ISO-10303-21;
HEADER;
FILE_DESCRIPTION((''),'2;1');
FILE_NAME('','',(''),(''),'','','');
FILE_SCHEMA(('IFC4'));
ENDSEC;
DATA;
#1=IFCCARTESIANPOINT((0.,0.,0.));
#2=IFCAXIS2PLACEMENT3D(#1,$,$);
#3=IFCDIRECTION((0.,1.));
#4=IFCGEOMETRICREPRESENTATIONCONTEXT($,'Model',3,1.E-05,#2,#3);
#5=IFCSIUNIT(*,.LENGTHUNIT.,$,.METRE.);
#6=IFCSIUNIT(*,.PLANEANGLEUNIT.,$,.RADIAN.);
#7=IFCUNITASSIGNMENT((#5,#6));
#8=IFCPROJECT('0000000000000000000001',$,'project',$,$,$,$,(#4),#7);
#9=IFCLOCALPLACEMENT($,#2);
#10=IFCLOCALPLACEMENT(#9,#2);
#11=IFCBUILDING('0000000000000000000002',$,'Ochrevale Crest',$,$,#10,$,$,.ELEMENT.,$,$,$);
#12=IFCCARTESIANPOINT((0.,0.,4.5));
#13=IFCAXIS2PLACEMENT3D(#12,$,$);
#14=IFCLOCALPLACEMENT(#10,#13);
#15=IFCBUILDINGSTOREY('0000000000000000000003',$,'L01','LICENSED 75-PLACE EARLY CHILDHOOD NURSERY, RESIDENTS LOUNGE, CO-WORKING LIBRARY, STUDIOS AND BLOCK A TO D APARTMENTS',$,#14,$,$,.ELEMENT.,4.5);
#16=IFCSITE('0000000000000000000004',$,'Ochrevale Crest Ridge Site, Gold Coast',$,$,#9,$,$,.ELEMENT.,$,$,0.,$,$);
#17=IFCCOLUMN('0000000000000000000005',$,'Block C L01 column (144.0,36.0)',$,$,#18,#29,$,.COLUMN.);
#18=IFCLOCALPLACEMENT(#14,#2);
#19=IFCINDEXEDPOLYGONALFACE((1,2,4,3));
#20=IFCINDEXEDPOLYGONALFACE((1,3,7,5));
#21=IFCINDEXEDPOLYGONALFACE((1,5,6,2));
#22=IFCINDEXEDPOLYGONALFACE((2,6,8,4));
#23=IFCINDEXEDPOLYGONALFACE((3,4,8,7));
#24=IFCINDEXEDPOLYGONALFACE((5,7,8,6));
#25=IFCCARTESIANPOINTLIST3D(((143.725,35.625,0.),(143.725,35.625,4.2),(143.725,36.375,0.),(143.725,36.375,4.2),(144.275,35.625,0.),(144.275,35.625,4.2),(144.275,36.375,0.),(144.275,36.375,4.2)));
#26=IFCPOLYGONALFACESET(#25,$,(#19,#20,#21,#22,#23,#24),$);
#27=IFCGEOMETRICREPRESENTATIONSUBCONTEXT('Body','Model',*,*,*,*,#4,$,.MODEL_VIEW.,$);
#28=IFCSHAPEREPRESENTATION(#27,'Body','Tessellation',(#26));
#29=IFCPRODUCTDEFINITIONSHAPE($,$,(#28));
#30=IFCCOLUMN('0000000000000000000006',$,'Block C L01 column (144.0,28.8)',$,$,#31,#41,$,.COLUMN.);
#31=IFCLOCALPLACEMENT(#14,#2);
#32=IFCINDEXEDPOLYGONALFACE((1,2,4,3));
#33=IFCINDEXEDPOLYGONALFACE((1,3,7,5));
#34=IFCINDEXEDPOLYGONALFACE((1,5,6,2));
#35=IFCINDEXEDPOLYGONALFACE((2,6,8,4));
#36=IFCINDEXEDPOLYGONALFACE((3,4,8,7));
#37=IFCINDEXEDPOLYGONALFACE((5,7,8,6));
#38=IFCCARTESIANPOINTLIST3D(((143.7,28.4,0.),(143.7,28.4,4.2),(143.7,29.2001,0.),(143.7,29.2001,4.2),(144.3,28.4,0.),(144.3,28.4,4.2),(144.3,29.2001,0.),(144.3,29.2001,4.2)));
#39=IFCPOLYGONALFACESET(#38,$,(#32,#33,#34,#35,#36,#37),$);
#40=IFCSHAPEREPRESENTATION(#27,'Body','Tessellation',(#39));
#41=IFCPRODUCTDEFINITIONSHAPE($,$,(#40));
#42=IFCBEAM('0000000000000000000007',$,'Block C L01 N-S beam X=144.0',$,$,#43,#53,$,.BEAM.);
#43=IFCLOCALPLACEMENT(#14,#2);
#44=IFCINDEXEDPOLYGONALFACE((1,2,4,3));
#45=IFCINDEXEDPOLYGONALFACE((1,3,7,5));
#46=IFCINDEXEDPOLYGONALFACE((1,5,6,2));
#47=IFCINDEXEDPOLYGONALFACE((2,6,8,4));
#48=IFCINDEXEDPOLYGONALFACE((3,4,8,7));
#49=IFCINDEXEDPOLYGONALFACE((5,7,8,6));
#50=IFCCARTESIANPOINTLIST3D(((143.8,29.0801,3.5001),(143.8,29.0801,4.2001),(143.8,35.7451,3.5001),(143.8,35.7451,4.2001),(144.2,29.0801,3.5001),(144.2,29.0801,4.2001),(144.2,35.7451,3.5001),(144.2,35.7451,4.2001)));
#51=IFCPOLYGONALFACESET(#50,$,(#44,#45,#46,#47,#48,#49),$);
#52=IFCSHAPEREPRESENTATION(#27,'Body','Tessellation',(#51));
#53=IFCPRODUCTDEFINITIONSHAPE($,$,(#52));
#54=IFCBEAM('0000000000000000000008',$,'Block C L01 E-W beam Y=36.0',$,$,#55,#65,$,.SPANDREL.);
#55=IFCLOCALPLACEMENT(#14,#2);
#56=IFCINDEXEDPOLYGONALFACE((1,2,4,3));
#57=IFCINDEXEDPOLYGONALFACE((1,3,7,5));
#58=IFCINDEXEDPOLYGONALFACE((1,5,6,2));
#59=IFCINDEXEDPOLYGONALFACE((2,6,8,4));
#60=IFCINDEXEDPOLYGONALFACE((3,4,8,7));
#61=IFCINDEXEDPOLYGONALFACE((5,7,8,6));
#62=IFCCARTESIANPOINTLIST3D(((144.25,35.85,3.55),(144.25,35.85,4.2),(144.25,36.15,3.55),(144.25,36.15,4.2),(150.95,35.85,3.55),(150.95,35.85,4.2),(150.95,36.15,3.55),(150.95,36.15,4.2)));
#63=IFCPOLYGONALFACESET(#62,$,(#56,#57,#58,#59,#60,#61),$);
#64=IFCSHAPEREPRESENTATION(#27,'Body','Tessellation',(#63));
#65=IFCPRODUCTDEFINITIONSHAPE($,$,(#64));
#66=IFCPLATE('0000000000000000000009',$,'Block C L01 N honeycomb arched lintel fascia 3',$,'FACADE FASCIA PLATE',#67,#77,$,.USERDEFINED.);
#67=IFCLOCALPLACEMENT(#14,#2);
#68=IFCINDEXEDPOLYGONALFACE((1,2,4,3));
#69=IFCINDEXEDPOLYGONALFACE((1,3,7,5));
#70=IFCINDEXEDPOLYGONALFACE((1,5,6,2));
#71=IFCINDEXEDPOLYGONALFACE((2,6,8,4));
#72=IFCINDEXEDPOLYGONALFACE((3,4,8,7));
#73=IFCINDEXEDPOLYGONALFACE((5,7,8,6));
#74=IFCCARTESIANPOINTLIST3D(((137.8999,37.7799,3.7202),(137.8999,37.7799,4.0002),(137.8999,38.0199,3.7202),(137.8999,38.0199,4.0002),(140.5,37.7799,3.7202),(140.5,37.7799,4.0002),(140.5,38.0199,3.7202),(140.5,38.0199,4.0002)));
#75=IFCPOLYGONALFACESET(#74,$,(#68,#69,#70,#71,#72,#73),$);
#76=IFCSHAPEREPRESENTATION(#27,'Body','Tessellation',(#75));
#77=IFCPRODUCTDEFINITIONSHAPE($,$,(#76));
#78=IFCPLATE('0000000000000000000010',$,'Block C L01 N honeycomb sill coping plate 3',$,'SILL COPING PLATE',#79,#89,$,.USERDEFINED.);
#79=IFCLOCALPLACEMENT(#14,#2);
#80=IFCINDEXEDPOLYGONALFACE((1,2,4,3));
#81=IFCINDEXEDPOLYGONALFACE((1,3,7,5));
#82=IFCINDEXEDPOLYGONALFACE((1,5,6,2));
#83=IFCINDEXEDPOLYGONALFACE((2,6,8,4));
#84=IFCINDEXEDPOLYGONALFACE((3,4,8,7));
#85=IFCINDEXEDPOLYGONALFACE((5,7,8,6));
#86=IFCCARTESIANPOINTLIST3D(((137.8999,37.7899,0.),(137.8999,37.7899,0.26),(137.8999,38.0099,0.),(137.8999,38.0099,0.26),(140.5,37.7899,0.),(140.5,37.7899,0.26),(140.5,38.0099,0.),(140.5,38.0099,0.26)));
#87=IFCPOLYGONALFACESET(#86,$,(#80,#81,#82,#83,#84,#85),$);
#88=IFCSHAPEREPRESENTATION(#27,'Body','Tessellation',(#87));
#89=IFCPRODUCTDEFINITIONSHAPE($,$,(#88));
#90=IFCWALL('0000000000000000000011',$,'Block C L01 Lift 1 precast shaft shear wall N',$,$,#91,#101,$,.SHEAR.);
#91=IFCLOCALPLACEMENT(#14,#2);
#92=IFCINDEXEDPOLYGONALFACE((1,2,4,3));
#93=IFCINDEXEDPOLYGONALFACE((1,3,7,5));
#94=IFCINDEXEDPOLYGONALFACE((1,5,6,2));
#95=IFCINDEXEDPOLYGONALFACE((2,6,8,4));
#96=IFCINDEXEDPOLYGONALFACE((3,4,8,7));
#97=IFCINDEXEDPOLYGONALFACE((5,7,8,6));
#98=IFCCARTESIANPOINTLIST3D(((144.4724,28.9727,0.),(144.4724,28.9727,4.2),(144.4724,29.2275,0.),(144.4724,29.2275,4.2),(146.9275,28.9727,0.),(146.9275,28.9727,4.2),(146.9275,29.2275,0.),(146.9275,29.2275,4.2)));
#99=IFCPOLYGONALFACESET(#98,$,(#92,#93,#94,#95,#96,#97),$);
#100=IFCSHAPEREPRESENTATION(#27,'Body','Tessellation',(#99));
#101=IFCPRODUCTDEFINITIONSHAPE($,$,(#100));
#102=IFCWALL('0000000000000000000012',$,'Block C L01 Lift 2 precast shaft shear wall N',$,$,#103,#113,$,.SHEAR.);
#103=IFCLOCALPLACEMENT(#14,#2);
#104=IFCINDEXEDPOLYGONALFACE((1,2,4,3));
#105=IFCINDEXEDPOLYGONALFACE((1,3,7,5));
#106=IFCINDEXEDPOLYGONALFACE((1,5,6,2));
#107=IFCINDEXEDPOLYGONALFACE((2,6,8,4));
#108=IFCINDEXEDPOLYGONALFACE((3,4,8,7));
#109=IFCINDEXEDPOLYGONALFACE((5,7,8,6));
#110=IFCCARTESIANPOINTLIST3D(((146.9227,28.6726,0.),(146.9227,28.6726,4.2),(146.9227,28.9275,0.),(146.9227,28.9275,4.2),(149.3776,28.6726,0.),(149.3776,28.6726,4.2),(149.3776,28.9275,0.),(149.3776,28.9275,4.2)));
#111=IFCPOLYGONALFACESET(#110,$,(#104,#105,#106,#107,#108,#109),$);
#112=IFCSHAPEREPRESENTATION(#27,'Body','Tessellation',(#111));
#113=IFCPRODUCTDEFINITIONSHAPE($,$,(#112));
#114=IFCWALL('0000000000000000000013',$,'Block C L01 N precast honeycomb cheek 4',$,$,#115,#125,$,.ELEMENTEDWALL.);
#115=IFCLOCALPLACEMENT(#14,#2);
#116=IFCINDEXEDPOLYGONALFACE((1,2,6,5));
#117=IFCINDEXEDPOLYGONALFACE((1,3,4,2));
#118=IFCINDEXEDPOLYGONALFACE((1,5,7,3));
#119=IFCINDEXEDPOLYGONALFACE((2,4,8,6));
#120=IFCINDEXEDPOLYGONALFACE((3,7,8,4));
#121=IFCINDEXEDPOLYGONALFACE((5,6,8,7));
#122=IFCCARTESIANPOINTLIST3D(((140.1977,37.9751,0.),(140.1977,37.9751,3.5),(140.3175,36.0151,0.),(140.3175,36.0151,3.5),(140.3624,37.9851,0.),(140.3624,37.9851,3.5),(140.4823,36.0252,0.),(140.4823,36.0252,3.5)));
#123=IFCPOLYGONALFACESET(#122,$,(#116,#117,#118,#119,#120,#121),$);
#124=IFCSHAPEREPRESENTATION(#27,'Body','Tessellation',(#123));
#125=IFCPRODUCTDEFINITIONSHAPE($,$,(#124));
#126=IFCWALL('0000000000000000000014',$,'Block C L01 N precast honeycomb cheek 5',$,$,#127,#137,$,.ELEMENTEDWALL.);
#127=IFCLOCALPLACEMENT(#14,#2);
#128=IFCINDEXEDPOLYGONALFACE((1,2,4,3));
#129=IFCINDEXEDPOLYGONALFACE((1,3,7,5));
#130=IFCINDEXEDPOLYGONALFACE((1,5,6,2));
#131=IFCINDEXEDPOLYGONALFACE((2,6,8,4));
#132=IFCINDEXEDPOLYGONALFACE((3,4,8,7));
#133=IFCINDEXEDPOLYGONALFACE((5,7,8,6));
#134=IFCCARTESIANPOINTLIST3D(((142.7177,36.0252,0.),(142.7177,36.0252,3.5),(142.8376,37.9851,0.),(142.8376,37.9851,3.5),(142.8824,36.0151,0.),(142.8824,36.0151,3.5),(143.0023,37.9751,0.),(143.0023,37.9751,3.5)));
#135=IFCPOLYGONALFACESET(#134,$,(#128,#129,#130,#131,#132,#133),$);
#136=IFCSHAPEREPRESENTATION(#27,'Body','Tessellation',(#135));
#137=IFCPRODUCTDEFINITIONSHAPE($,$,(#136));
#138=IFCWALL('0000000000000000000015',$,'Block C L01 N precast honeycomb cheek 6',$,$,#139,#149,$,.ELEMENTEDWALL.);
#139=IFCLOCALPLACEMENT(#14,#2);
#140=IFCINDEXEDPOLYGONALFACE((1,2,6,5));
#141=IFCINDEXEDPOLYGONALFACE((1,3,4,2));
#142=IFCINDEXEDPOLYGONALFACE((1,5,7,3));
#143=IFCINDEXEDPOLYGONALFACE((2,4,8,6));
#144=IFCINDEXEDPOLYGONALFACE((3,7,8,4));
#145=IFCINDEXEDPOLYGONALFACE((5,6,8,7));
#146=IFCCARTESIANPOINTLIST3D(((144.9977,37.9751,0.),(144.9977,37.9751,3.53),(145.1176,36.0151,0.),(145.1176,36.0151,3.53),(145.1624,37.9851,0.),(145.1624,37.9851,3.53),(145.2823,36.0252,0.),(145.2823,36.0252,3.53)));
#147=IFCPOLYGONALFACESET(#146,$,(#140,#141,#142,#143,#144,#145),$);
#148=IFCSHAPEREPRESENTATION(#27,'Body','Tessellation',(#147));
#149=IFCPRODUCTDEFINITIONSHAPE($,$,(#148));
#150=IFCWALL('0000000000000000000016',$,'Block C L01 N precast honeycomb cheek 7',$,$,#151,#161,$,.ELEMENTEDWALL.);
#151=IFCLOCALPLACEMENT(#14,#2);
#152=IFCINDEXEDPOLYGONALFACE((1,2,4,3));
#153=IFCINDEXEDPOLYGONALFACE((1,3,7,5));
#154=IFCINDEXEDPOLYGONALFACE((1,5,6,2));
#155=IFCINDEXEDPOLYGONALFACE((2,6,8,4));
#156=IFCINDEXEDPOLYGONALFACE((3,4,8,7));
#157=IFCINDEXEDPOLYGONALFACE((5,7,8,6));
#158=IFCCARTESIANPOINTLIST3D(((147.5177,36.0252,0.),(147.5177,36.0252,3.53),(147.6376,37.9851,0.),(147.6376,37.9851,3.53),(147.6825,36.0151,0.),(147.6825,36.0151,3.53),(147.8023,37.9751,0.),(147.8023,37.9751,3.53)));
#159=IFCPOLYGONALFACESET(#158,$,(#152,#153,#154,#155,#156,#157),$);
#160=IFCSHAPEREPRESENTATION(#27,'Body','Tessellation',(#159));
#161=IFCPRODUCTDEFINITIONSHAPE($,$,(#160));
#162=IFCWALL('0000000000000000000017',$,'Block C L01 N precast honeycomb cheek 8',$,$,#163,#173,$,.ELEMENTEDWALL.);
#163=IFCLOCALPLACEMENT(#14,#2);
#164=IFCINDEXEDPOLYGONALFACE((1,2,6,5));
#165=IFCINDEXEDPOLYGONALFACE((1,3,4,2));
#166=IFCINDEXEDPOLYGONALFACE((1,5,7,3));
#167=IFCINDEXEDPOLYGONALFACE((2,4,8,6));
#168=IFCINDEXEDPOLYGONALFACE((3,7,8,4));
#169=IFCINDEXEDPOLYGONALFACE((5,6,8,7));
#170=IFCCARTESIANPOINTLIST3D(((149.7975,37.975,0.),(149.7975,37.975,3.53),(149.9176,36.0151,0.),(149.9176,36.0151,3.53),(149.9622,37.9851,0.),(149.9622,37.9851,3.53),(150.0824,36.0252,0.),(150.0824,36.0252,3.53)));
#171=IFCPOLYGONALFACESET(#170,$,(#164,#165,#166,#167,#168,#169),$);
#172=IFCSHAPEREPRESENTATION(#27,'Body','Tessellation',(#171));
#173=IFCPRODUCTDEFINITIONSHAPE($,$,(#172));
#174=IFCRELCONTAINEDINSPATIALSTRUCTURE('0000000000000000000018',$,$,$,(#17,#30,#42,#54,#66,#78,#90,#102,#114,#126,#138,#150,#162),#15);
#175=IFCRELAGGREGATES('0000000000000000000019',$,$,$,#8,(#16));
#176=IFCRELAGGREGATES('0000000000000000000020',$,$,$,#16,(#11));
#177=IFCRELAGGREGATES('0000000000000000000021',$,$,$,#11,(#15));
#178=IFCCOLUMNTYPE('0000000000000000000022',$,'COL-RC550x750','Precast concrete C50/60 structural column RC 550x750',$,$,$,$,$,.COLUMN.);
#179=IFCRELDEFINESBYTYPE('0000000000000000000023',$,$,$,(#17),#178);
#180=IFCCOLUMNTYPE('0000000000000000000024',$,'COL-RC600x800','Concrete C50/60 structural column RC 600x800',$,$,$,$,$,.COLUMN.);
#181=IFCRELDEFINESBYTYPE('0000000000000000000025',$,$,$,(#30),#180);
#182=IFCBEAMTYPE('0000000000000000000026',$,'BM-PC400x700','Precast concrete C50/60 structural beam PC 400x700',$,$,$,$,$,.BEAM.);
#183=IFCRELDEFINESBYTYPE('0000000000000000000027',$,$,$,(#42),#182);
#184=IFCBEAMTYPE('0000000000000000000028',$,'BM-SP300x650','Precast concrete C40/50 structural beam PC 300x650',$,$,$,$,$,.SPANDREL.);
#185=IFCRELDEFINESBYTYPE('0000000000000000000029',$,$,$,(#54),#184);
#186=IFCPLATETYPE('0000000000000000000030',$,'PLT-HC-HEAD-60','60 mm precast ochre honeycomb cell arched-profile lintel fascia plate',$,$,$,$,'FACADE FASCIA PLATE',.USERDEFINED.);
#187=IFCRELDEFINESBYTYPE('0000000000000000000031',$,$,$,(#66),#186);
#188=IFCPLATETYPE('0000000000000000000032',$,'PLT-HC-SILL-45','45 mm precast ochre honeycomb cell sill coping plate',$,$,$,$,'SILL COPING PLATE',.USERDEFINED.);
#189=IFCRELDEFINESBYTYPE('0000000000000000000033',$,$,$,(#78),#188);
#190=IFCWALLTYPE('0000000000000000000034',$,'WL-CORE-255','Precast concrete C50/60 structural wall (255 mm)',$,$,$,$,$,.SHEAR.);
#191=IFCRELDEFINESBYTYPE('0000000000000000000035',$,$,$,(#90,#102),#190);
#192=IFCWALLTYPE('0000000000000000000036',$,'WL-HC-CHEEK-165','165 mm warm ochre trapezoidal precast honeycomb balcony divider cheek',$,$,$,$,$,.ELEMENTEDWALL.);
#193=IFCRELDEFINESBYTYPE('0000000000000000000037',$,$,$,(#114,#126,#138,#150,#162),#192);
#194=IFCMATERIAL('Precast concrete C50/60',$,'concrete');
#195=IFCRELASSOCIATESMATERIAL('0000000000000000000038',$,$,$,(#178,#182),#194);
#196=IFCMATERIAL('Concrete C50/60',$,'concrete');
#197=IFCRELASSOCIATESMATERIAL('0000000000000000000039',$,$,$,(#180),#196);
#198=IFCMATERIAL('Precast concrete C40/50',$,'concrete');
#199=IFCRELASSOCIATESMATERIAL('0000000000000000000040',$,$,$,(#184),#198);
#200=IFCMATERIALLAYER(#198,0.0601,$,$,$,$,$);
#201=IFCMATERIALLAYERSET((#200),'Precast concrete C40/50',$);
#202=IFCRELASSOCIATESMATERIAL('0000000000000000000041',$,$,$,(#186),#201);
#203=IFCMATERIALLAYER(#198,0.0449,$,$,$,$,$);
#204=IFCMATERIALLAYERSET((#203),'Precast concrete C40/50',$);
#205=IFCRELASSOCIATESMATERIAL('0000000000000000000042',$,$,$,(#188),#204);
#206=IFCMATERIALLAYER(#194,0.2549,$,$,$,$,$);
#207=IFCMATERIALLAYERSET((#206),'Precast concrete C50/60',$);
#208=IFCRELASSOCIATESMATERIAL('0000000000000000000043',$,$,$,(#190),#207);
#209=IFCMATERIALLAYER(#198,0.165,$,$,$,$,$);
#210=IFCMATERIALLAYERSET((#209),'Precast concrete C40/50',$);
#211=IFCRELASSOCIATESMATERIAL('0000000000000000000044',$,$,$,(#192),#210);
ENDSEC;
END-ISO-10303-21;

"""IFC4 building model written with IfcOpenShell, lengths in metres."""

from ifc_helpers import new_model, si_unit, direction, frame, frame_2d, origin, origin_2d, place, context, subcontext, project, spatial, rectangle, extrude, material, layer, layer_set, material_profile, profile_set, type_object, element, save


model = new_model("IFC4")

# Units and contexts
model_context = context("Model", 3, precision=1e-05, world=origin(), true_north=direction((0.0, 1.0)))
body_context = subcontext(model_context, "Body", "Model", "MODEL_VIEW")
ifc_project = project(units=[si_unit("LENGTHUNIT", "METRE"), si_unit("PLANEANGLEUNIT", "RADIAN")], contexts=[model_context])

# Site, building, storey
site_placement = place(None, origin())
site = spatial("IfcSite", under=ifc_project, at=site_placement, Name="Ochrevale Crest Ridge Site, Gold Coast", CompositionType="ELEMENT", RefElevation=0.0)
building_placement = place(site_placement, origin())
building = spatial("IfcBuilding", under=site, at=building_placement, Name="Ochrevale Crest", CompositionType="ELEMENT")
storey_placement = place(building_placement, frame((0.0, 0.0, 4.5)))
storey = spatial("IfcBuildingStorey", under=building, at=storey_placement, Name="L01", Description="LICENSED 75-PLACE EARLY CHILDHOOD NURSERY, RESIDENTS LOUNGE, CO-WORKING LIBRARY, STUDIOS AND BLOCK A TO D APARTMENTS", CompositionType="ELEMENT", Elevation=4.5)

# Columns
ifc_material_1 = material(Name="Precast concrete C50/60", Category="concrete")
ifc_material_profile_1 = material_profile(ifc_material_1, rectangle(XDim=0.55, YDim=0.75, at=origin_2d()), Name="RC 550x750")
ifc_profile_set_1 = profile_set([ifc_material_profile_1], Name="Precast concrete C50/60")
column_type_1 = type_object("IfcColumnType", Name="COL-RC550x750", Description="Precast concrete C50/60 structural column RC 550x750", PredefinedType="COLUMN", material=ifc_profile_set_1)
column_1_placement = place(storey_placement, frame((144.0, 36.0, 0.0), z_axis=(0.0, 0.0, 1.0), x_axis=(1.0, 0.0, 0.0)))
element("IfcColumn", 1, at=column_1_placement, inside=storey, type_object=column_type_1, Name="Block C L01 column (144.0,36.0)", PredefinedType="COLUMN", context=body_context, shape_type="SweptSolid", body=[
    extrude(rectangle(XDim=0.55, YDim=0.75, at=origin_2d()), origin(), (0.0, 0.0, 1.0), 4.2),
])
ifc_material_2 = material(Name="Concrete C50/60", Category="concrete")
ifc_material_profile_2 = material_profile(ifc_material_2, rectangle(XDim=0.6001, YDim=0.8, at=origin_2d()), Name="RC 600x800")
ifc_profile_set_2 = profile_set([ifc_material_profile_2], Name="Concrete C50/60")
column_type_2 = type_object("IfcColumnType", Name="COL-RC600x800", Description="Concrete C50/60 structural column RC 600x800", PredefinedType="COLUMN", material=ifc_profile_set_2)
column_2_placement = place(storey_placement, frame((144.0, 28.8, 0.0), z_axis=(0.0, 0.0, 1.0), x_axis=(1.0, 0.0, 0.0)))
element("IfcColumn", 2, at=column_2_placement, inside=storey, type_object=column_type_2, Name="Block C L01 column (144.0,28.8)", PredefinedType="COLUMN", context=body_context, shape_type="SweptSolid", body=[
    extrude(rectangle(XDim=0.6001, YDim=0.8, at=origin_2d()), origin(), (0.0, 0.0, 1.0), 4.2),
])

# Beams
ifc_material_profile_3 = material_profile(ifc_material_1, rectangle(XDim=0.3999, YDim=0.7, at=origin_2d()), Name="PC 400x700")
ifc_profile_set_3 = profile_set([ifc_material_profile_3], Name="Precast concrete C50/60")
beam_type_1 = type_object("IfcBeamType", Name="BM-PC400x700", Description="Precast concrete C50/60 structural beam PC 400x700", PredefinedType="BEAM", material=ifc_profile_set_3)
beam_1_placement = place(storey_placement, frame((144.0, 29.0801, 3.8501), z_axis=(0.0, 1.0, 0.0), x_axis=(-1.0, 0.0, 0.0)))
element("IfcBeam", 3, at=beam_1_placement, inside=storey, type_object=beam_type_1, Name="Block C L01 N-S beam X=144.0", PredefinedType="BEAM", context=body_context, shape_type="SweptSolid", body=[
    extrude(rectangle(XDim=0.3999, YDim=0.7, at=origin_2d()), origin(), (0.0, 0.0, 1.0), 6.665),
])
ifc_material_3 = material(Name="Precast concrete C40/50", Category="concrete")
ifc_material_profile_4 = material_profile(ifc_material_3, rectangle(XDim=0.3, YDim=0.6499, at=origin_2d()), Name="PC 300x650")
ifc_profile_set_4 = profile_set([ifc_material_profile_4], Name="Precast concrete C40/50")
beam_type_2 = type_object("IfcBeamType", Name="BM-SP300x650", Description="Precast concrete C40/50 structural beam PC 300x650", PredefinedType="SPANDREL", material=ifc_profile_set_4)
beam_2_placement = place(storey_placement, frame((144.25, 36.0, 3.875), z_axis=(1.0, 0.0, 0.0), x_axis=(0.0, 1.0, 0.0)))
element("IfcBeam", 4, at=beam_2_placement, inside=storey, type_object=beam_type_2, Name="Block C L01 E-W beam Y=36.0", PredefinedType="SPANDREL", context=body_context, shape_type="SweptSolid", body=[
    extrude(rectangle(XDim=0.3, YDim=0.6499, at=origin_2d()), origin(), (0.0, 0.0, 1.0), 6.7),
])

# Plates
ifc_layer_1 = layer(ifc_material_3, 0.0601)
ifc_layer_set_1 = layer_set([ifc_layer_1], Name="Precast concrete C40/50")
plate_type_1 = type_object("IfcPlateType", Name="PLT-HC-HEAD-60", Description="60 mm precast ochre honeycomb cell arched-profile lintel fascia plate", ElementType="FACADE FASCIA PLATE", PredefinedType="USERDEFINED", material=ifc_layer_set_1)
plate_1_placement = place(storey_placement, frame((139.2, 37.8999, 3.7202), z_axis=(0.0, 0.0, 1.0), x_axis=(1.0, 0.0, 0.0)))
element("IfcPlate", 5, at=plate_1_placement, inside=storey, type_object=plate_type_1, Name="Block C L01 N honeycomb arched lintel fascia 3", ObjectType="FACADE FASCIA PLATE", PredefinedType="USERDEFINED", context=body_context, shape_type="SweptSolid", body=[
    extrude(rectangle(XDim=2.6001, YDim=0.24, at=origin_2d()), origin(), (0.0, 0.0, 1.0), 0.28),
])
ifc_layer_2 = layer(ifc_material_3, 0.0449)
ifc_layer_set_2 = layer_set([ifc_layer_2], Name="Precast concrete C40/50")
plate_type_2 = type_object("IfcPlateType", Name="PLT-HC-SILL-45", Description="45 mm precast ochre honeycomb cell sill coping plate", ElementType="SILL COPING PLATE", PredefinedType="USERDEFINED", material=ifc_layer_set_2)
plate_2_placement = place(storey_placement, frame((139.2, 37.8999, 0.0), z_axis=(0.0, 0.0, 1.0), x_axis=(1.0, 0.0, 0.0)))
element("IfcPlate", 6, at=plate_2_placement, inside=storey, type_object=plate_type_2, Name="Block C L01 N honeycomb sill coping plate 3", ObjectType="SILL COPING PLATE", PredefinedType="USERDEFINED", context=body_context, shape_type="SweptSolid", body=[
    extrude(rectangle(XDim=2.6001, YDim=0.22, at=origin_2d()), origin(), (0.0, 0.0, 1.0), 0.26),
])

# Walls
ifc_layer_3 = layer(ifc_material_1, 0.2549)
ifc_layer_set_3 = layer_set([ifc_layer_3], Name="Precast concrete C50/60")
wall_type_1 = type_object("IfcWallType", Name="WL-CORE-255", Description="Precast concrete C50/60 structural wall (255 mm)", PredefinedType="SHEAR", material=ifc_layer_set_3)
wall_1_placement = place(storey_placement, frame((144.4724, 29.1001, 0.0), z_axis=(0.0, 0.0, 1.0), x_axis=(1.0, 0.0, 0.0)))
element("IfcWall", 7, at=wall_1_placement, inside=storey, type_object=wall_type_1, Name="Block C L01 Lift 1 precast shaft shear wall N", PredefinedType="SHEAR", context=body_context, shape_type="SweptSolid", body=[
    extrude(rectangle(XDim=2.4551, YDim=0.2549, at=frame_2d((1.2275, 0.0))), origin(), (0.0, 0.0, 1.0), 4.2),
])
wall_2_placement = place(storey_placement, frame((146.9226, 28.8, 0.0), z_axis=(0.0, 0.0, 1.0), x_axis=(1.0, 0.0, 0.0)))
element("IfcWall", 8, at=wall_2_placement, inside=storey, type_object=wall_type_1, Name="Block C L01 Lift 2 precast shaft shear wall N", PredefinedType="SHEAR", context=body_context, shape_type="SweptSolid", body=[
    extrude(rectangle(XDim=2.4548, YDim=0.2549, at=frame_2d((1.2275, 0.0))), origin(), (0.0, 0.0, 1.0), 4.2),
])
ifc_layer_4 = layer(ifc_material_3, 0.165)
ifc_layer_set_4 = layer_set([ifc_layer_4], Name="Precast concrete C40/50")
wall_type_2 = type_object("IfcWallType", Name="WL-HC-CHEEK-165", Description="165 mm warm ochre trapezoidal precast honeycomb balcony divider cheek", PredefinedType="ELEMENTEDWALL", material=ifc_layer_set_4)
for number, where, z_axis, x_axis, name in (
    (9, (140.3999, 36.02, 0.0), (0.0, 0.0, 1.0), (-0.061047, 0.998135, 0.0), "Block C L01 N precast honeycomb cheek 4"),
    (10, (142.8, 36.02, 0.0), (0.0, 0.0, 1.0), (0.061047, 0.998135, 0.0), "Block C L01 N precast honeycomb cheek 5"),
):
    element("IfcWall", number, at=place(storey_placement, frame(where, z_axis=z_axis, x_axis=x_axis)), inside=storey, type_object=wall_type_2, Name=name, PredefinedType="ELEMENTEDWALL", context=body_context, shape_type="SweptSolid", body=[
        extrude(rectangle(XDim=1.9636, YDim=0.165, at=frame_2d((0.9819, 0.0))), origin(), (0.0, 0.0, 1.0), 3.5),
    ])
for number, where, z_axis, x_axis, name in (
    (11, (145.2, 36.02, 0.0), (0.0, 0.0, 1.0), (-0.061047, 0.998135, 0.0), "Block C L01 N precast honeycomb cheek 6"),
    (12, (147.6001, 36.02, 0.0), (0.0, 0.0, 1.0), (0.061047, 0.998135, 0.0), "Block C L01 N precast honeycomb cheek 7"),
    (13, (150.0, 36.02, 0.0), (0.0, 0.0, 1.0), (-0.061171, 0.998127, 0.0), "Block C L01 N precast honeycomb cheek 8"),
):
    element("IfcWall", number, at=place(storey_placement, frame(where, z_axis=z_axis, x_axis=x_axis)), inside=storey, type_object=wall_type_2, Name=name, PredefinedType="ELEMENTEDWALL", context=body_context, shape_type="SweptSolid", body=[
        extrude(rectangle(XDim=1.9636, YDim=0.165, at=frame_2d((0.9819, 0.0))), origin(), (0.0, 0.0, 1.0), 3.53),
    ])

save(model, "model.ifc")
